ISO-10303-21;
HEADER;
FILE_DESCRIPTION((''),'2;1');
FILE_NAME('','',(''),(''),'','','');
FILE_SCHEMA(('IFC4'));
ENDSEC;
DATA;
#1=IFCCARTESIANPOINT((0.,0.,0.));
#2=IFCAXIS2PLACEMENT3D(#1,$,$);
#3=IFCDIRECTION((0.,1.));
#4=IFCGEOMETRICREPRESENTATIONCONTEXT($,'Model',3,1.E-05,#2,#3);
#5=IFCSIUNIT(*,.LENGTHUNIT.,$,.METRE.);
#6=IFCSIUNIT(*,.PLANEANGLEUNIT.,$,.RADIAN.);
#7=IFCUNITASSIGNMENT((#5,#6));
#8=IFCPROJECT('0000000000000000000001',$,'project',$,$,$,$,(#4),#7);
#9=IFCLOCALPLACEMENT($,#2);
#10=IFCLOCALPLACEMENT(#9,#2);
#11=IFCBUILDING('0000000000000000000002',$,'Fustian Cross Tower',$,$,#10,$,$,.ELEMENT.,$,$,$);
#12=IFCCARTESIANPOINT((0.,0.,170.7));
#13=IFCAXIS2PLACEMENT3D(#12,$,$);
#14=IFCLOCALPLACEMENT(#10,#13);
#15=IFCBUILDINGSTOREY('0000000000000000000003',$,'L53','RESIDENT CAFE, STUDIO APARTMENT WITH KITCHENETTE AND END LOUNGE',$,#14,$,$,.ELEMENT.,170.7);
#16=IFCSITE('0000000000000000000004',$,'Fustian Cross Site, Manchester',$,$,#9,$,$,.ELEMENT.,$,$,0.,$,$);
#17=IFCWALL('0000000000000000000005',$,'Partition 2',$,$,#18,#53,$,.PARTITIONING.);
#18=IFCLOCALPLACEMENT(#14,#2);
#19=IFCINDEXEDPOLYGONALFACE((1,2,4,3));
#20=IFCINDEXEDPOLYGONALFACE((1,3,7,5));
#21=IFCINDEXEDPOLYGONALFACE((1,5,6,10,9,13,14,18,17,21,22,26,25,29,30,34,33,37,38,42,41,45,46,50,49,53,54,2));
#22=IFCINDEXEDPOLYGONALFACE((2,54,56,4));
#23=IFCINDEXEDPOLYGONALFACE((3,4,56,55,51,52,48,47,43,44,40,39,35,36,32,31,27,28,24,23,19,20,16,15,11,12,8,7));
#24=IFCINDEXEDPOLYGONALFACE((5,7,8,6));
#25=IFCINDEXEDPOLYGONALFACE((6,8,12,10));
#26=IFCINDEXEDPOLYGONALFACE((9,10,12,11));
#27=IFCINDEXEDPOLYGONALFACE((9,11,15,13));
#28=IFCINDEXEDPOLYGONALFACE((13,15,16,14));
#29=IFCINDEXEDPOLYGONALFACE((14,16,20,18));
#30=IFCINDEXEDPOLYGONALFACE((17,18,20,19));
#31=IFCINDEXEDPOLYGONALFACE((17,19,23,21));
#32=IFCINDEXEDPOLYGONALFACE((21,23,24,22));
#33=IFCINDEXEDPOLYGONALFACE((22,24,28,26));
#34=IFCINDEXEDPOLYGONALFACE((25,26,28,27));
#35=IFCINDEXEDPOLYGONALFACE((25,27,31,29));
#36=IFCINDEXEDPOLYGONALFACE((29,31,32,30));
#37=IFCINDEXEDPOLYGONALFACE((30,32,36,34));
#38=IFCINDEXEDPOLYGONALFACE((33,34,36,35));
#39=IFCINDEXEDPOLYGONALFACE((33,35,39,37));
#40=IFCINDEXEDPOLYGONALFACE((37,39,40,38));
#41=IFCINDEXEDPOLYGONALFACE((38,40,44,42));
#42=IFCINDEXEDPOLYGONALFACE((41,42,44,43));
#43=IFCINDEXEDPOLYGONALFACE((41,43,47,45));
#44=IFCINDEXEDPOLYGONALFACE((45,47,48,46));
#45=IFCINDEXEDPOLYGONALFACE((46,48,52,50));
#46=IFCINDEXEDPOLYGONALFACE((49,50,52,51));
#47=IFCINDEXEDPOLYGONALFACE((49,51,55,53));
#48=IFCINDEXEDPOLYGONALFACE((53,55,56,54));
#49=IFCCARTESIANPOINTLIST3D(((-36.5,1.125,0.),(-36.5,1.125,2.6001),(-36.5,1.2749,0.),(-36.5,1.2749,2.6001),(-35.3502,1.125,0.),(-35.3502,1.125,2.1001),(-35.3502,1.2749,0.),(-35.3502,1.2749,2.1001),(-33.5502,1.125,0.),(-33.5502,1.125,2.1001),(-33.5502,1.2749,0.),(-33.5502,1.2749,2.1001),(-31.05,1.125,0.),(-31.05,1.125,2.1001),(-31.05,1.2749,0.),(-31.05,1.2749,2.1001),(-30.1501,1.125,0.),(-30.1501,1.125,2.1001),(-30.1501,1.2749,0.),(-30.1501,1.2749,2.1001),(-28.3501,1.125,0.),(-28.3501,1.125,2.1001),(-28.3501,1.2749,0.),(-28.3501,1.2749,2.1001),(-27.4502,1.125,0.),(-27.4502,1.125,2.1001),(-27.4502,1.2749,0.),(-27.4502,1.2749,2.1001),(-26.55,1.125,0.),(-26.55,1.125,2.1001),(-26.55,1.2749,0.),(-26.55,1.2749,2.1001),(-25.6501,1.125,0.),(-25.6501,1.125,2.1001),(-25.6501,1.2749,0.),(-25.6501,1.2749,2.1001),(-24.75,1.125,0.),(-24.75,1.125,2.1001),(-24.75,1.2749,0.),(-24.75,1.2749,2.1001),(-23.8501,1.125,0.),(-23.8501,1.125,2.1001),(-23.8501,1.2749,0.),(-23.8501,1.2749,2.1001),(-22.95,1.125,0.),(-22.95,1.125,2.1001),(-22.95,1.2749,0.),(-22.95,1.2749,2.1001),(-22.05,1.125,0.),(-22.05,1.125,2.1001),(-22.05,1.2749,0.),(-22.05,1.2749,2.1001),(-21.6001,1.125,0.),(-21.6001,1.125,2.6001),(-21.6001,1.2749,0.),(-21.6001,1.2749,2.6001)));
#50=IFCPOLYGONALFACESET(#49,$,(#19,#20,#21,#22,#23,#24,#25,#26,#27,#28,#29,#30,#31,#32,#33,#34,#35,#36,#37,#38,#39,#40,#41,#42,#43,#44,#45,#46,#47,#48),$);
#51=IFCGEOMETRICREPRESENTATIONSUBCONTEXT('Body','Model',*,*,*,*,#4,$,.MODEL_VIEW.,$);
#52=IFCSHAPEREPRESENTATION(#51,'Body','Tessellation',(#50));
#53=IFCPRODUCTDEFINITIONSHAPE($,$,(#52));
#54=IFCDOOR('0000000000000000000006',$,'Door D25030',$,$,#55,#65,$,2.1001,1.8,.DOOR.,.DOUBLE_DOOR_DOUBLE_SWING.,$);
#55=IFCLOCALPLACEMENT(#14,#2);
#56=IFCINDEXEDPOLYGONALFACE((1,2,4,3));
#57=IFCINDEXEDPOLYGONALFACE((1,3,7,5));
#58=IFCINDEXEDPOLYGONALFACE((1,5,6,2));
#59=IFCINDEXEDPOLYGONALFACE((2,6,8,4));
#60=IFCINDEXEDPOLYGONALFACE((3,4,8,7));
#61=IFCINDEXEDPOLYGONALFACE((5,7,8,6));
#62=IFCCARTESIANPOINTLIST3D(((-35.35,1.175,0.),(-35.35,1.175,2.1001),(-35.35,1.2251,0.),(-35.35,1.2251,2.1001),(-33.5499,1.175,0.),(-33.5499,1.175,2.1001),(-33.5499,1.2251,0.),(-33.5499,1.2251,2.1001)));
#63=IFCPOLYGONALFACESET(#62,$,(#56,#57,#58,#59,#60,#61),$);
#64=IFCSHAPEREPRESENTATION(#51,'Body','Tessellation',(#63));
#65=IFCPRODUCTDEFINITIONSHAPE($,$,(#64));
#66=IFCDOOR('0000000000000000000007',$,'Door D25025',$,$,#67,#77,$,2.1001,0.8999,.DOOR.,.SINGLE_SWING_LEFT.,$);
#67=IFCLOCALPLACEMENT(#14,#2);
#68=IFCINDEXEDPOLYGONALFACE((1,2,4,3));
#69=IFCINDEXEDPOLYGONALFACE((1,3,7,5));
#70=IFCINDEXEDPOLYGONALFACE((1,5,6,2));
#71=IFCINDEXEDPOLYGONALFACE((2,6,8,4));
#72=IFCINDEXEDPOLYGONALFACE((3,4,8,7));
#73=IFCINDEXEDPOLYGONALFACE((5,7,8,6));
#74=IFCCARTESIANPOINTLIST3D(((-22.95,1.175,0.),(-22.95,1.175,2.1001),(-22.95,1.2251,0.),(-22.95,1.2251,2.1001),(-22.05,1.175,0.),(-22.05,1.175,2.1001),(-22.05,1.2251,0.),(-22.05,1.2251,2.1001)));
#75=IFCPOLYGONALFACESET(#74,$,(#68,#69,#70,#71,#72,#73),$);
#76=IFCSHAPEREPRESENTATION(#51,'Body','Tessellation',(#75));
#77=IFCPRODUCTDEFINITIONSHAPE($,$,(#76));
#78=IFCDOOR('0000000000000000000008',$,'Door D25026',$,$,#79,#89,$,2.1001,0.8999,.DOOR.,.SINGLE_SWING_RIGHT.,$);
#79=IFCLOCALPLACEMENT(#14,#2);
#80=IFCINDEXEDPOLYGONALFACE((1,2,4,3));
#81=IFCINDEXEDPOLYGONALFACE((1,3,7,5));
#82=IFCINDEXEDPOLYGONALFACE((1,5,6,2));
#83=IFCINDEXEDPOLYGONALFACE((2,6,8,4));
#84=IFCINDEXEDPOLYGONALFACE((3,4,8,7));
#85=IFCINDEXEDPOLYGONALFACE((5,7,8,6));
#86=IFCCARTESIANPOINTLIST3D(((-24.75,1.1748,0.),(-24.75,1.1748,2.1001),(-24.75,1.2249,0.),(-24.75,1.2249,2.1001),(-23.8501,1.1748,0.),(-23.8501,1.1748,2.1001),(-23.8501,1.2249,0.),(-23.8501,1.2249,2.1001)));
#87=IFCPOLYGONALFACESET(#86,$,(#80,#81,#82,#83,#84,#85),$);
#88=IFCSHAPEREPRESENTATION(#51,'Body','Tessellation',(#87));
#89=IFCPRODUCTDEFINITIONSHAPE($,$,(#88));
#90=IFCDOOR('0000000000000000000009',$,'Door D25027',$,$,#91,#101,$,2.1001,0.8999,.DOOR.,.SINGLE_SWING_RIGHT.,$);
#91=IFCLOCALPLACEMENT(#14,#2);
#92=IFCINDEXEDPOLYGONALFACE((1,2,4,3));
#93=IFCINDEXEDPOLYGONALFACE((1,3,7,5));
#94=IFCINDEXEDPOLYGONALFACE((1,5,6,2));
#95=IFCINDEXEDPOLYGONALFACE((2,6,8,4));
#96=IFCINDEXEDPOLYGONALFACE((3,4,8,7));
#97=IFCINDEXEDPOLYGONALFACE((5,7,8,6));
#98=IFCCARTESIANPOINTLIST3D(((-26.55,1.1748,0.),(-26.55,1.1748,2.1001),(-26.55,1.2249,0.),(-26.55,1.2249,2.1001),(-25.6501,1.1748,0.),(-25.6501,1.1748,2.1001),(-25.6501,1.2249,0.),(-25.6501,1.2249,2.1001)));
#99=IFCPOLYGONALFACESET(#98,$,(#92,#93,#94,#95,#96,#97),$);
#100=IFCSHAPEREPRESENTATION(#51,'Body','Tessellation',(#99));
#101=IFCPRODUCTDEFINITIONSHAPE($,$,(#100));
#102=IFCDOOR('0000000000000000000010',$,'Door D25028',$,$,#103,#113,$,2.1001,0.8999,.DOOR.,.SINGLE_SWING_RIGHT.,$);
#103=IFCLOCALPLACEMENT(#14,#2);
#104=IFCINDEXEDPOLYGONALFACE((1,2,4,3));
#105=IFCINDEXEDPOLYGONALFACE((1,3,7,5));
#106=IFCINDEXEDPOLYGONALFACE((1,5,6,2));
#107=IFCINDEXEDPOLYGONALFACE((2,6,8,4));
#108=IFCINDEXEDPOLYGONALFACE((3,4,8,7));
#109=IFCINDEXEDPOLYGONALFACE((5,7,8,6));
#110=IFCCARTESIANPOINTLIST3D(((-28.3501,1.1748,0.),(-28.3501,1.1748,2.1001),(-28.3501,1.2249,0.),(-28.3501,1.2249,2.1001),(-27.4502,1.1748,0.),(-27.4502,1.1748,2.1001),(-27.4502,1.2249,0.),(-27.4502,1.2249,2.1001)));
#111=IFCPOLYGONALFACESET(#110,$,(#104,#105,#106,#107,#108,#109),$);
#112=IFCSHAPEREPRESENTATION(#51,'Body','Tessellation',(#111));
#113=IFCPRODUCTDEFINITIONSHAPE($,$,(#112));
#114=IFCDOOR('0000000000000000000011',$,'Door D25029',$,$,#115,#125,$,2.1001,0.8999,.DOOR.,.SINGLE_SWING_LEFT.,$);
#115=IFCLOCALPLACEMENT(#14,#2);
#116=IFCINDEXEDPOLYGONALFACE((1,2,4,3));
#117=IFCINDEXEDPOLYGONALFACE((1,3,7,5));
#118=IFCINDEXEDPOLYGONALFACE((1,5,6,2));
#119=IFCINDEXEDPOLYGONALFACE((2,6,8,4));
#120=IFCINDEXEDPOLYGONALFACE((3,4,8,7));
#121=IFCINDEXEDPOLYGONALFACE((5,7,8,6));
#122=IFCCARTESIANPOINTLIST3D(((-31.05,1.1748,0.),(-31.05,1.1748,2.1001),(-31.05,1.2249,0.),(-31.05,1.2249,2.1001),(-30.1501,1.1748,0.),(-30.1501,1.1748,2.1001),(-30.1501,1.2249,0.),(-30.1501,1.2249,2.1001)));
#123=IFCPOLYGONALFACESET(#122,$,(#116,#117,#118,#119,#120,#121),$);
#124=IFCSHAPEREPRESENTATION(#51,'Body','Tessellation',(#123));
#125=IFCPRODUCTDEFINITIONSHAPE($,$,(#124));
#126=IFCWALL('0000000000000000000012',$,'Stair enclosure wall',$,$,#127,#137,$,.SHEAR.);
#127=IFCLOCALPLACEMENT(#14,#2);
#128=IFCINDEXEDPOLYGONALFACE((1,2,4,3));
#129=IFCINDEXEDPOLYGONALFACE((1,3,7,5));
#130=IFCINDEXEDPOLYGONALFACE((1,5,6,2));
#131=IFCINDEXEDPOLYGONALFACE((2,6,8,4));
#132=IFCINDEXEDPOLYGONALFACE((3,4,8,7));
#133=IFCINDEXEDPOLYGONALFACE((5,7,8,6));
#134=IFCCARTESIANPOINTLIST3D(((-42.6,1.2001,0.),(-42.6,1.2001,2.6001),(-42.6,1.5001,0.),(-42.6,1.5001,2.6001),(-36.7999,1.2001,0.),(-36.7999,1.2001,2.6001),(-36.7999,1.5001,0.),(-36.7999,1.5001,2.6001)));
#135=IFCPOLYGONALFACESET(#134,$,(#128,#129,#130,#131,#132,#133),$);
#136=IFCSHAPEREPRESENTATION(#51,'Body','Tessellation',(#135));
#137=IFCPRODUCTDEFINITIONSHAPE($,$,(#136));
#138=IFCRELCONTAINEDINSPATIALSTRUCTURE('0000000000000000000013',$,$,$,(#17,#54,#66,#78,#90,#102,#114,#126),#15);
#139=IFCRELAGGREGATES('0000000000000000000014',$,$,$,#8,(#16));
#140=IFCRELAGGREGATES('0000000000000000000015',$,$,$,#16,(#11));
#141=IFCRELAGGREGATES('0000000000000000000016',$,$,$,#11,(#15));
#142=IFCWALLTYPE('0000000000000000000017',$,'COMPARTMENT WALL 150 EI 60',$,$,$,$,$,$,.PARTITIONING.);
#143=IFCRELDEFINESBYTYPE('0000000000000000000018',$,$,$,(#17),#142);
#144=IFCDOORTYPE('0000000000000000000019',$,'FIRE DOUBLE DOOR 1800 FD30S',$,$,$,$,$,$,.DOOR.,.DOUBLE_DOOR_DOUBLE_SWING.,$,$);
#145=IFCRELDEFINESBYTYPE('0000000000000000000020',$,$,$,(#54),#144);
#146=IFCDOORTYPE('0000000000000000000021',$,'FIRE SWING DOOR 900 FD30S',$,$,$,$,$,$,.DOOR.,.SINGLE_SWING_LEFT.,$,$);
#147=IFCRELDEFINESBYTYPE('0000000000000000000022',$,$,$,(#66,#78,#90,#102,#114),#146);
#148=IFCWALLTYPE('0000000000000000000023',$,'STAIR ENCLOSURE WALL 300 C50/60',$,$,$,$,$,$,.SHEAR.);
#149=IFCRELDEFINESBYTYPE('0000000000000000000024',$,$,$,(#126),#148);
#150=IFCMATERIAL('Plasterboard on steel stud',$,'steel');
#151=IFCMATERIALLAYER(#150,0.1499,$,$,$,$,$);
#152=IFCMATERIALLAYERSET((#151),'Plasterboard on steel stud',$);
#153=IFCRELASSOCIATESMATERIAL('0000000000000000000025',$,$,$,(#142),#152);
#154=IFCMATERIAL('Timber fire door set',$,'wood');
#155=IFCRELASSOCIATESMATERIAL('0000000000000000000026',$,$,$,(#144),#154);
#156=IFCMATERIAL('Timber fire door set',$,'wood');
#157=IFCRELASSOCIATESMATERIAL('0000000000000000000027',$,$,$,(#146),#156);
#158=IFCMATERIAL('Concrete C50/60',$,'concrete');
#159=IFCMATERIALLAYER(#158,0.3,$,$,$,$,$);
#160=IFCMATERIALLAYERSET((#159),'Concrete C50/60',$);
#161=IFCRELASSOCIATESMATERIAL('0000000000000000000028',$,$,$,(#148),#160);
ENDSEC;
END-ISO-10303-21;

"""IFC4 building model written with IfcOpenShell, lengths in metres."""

from ifc_helpers import new_model, si_unit, direction, frame, frame_2d, origin, place, context, subcontext, project, spatial, rectangle, extrude, material, layer, layer_set, type_object, element, fill, save


model = new_model("IFC4")

# Units and contexts
model_context = context("Model", 3, precision=1e-05, world=origin(), true_north=direction((0.0, 1.0)))
body_context = subcontext(model_context, "Body", "Model", "MODEL_VIEW")
ifc_project = project(units=[si_unit("LENGTHUNIT", "METRE"), si_unit("PLANEANGLEUNIT", "RADIAN")], contexts=[model_context])

# Site, building, storey
site_placement = place(None, origin())
site = spatial("IfcSite", under=ifc_project, at=site_placement, Name="Fustian Cross Site, Manchester", CompositionType="ELEMENT", RefElevation=0.0)
building_placement = place(site_placement, origin())
building = spatial("IfcBuilding", under=site, at=building_placement, Name="Fustian Cross Tower", CompositionType="ELEMENT")
storey_placement = place(building_placement, frame((0.0, 0.0, 170.7)))
storey = spatial("IfcBuildingStorey", under=building, at=storey_placement, Name="L53", Description="RESIDENT CAFE, STUDIO APARTMENT WITH KITCHENETTE AND END LOUNGE", CompositionType="ELEMENT", Elevation=170.7)

# Wall, openings, doors
ifc_material_1 = material(Name="Plasterboard on steel stud", Category="steel")
ifc_layer_1 = layer(ifc_material_1, 0.1499)
ifc_layer_set_1 = layer_set([ifc_layer_1], Name="Plasterboard on steel stud")
wall_type_1 = type_object("IfcWallType", Name="COMPARTMENT WALL 150 EI 60", PredefinedType="PARTITIONING", material=ifc_layer_set_1)
ifc_material_2 = material(Name="Timber fire door set", Category="wood")
door_type_1 = type_object("IfcDoorType", Name="FIRE DOUBLE DOOR 1800 FD30S", OperationType="DOUBLE_DOOR_DOUBLE_SWING", PredefinedType="DOOR", material=ifc_material_2)
wall_1_placement = place(storey_placement, frame((-36.5, 1.2, 0.0), z_axis=(0.0, 0.0, 1.0), x_axis=(1.0, 0.0, 0.0)))
wall_1 = element("IfcWall", 1, at=wall_1_placement, inside=storey, type_object=wall_type_1, Name="Partition 2", PredefinedType="PARTITIONING", context=body_context, shape_type="SweptSolid", body=[
    extrude(rectangle(XDim=14.8999, YDim=0.1499, at=frame_2d((7.45, 0.0))), origin(), (0.0, 0.0, 1.0), 2.6001),
])
opening_1_placement = place(wall_1_placement, frame((13.55, 0.0, 0.0)))
opening_1 = element("IfcOpeningElement", 2, at=opening_1_placement, cuts=wall_1, PredefinedType="OPENING", context=body_context, shape_type="SweptSolid", body=[
    extrude(rectangle(XDim=0.8999, YDim=2.1001, at=frame_2d((0.45, 1.05))), frame((0.0, 0.085, 0.0), z_axis=(0.0, -1.0, 0.0), x_axis=(1.0, 0.0, 0.0)), (0.0, 0.0, 1.0), 0.1699),
])
opening_2_placement = place(wall_1_placement, frame((11.75, 0.0, 0.0)))
opening_2 = element("IfcOpeningElement", 3, at=opening_2_placement, cuts=wall_1, PredefinedType="OPENING", context=body_context, shape_type="SweptSolid", body=[
    extrude(rectangle(XDim=0.8999, YDim=2.1001, at=frame_2d((0.45, 1.05))), frame((0.0, 0.085, 0.0), z_axis=(0.0, -1.0, 0.0), x_axis=(1.0, 0.0, 0.0)), (0.0, 0.0, 1.0), 0.1699),
])
opening_3_placement = place(wall_1_placement, frame((9.95, 0.0, 0.0)))
opening_3 = element("IfcOpeningElement", 4, at=opening_3_placement, cuts=wall_1, PredefinedType="OPENING", context=body_context, shape_type="SweptSolid", body=[
    extrude(rectangle(XDim=0.8999, YDim=2.1001, at=frame_2d((0.45, 1.05))), frame((0.0, 0.085, 0.0), z_axis=(0.0, -1.0, 0.0), x_axis=(1.0, 0.0, 0.0)), (0.0, 0.0, 1.0), 0.1699),
])
opening_4_placement = place(wall_1_placement, frame((8.1499, 0.0, 0.0)))
opening_4 = element("IfcOpeningElement", 5, at=opening_4_placement, cuts=wall_1, PredefinedType="OPENING", context=body_context, shape_type="SweptSolid", body=[
    extrude(rectangle(XDim=0.8999, YDim=2.1001, at=frame_2d((0.45, 1.05))), frame((0.0, 0.085, 0.0), z_axis=(0.0, -1.0, 0.0), x_axis=(1.0, 0.0, 0.0)), (0.0, 0.0, 1.0), 0.1699),
])
opening_5_placement = place(wall_1_placement, frame((5.45, 0.0, 0.0)))
opening_5 = element("IfcOpeningElement", 6, at=opening_5_placement, cuts=wall_1, PredefinedType="OPENING", context=body_context, shape_type="SweptSolid", body=[
    extrude(rectangle(XDim=0.8999, YDim=2.1001, at=frame_2d((0.45, 1.05))), frame((0.0, 0.085, 0.0), z_axis=(0.0, -1.0, 0.0), x_axis=(1.0, 0.0, 0.0)), (0.0, 0.0, 1.0), 0.1699),
])
opening_6_placement = place(wall_1_placement, frame((1.1499, 0.0, 0.0)))
opening_6 = element("IfcOpeningElement", 7, at=opening_6_placement, cuts=wall_1, PredefinedType="OPENING", context=body_context, shape_type="SweptSolid", body=[
    extrude(rectangle(XDim=1.8, YDim=2.1001, at=frame_2d((0.8999, 1.05))), frame((0.0, 0.085, 0.0), z_axis=(0.0, -1.0, 0.0), x_axis=(1.0, 0.0, 0.0)), (0.0, 0.0, 1.0), 0.1699),
])
door_1_placement = place(opening_6_placement, frame((1.8, 0.0, 0.0), z_axis=(0.0, 0.0, 1.0), x_axis=(-1.0, 0.0, 0.0)))
door_1 = element("IfcDoor", 8, at=door_1_placement, inside=storey, type_object=door_type_1, Name="Door D25030", OperationType="DOUBLE_DOOR_DOUBLE_SWING", OverallHeight=2.1001, OverallWidth=1.8, PredefinedType="DOOR", context=body_context, shape_type="SweptSolid", body=[
    extrude(rectangle(XDim=1.8, YDim=2.1001, at=frame_2d((0.8999, 1.05))), frame((0.0, 0.0249, 0.0), z_axis=(0.0, -1.0, 0.0), x_axis=(1.0, 0.0, 0.0)), (0.0, 0.0, 1.0), 0.05),
])
fill(opening_6, door_1)
ifc_material_3 = material(Name="Timber fire door set", Category="wood")
door_type_2 = type_object("IfcDoorType", Name="FIRE SWING DOOR 900 FD30S", OperationType="SINGLE_SWING_LEFT", PredefinedType="DOOR", material=ifc_material_3)
door_2_placement = place(opening_1_placement, frame((0.8999, 0.0, 0.0), z_axis=(0.0, 0.0, 1.0), x_axis=(-1.0, 0.0, 0.0)))
door_2 = element("IfcDoor", 9, at=door_2_placement, inside=storey, type_object=door_type_2, Name="Door D25025", OperationType="SINGLE_SWING_LEFT", OverallHeight=2.1001, OverallWidth=0.8999, PredefinedType="DOOR", context=body_context, shape_type="SweptSolid", body=[
    extrude(rectangle(XDim=0.8999, YDim=2.1001, at=frame_2d((0.45, 1.05))), frame((0.0, 0.0249, 0.0), z_axis=(0.0, -1.0, 0.0), x_axis=(1.0, 0.0, 0.0)), (0.0, 0.0, 1.0), 0.05),
])
fill(opening_1, door_2)
door_3_placement = place(opening_2_placement, origin())
door_3 = element("IfcDoor", 10, at=door_3_placement, inside=storey, type_object=door_type_2, Name="Door D25026", OperationType="SINGLE_SWING_RIGHT", OverallHeight=2.1001, OverallWidth=0.8999, PredefinedType="DOOR", context=body_context, shape_type="SweptSolid", body=[
    extrude(rectangle(XDim=0.8999, YDim=2.1001, at=frame_2d((0.45, 1.05))), frame((0.0, 0.0249, 0.0), z_axis=(0.0, -1.0, 0.0), x_axis=(1.0, 0.0, 0.0)), (0.0, 0.0, 1.0), 0.05),
])
fill(opening_2, door_3)
door_4_placement = place(opening_3_placement, origin())
door_4 = element("IfcDoor", 11, at=door_4_placement, inside=storey, type_object=door_type_2, Name="Door D25027", OperationType="SINGLE_SWING_RIGHT", OverallHeight=2.1001, OverallWidth=0.8999, PredefinedType="DOOR", context=body_context, shape_type="SweptSolid", body=[
    extrude(rectangle(XDim=0.8999, YDim=2.1001, at=frame_2d((0.45, 1.05))), frame((0.0, 0.0249, 0.0), z_axis=(0.0, -1.0, 0.0), x_axis=(1.0, 0.0, 0.0)), (0.0, 0.0, 1.0), 0.05),
])
fill(opening_3, door_4)
door_5_placement = place(opening_4_placement, origin())
door_5 = element("IfcDoor", 12, at=door_5_placement, inside=storey, type_object=door_type_2, Name="Door D25028", OperationType="SINGLE_SWING_RIGHT", OverallHeight=2.1001, OverallWidth=0.8999, PredefinedType="DOOR", context=body_context, shape_type="SweptSolid", body=[
    extrude(rectangle(XDim=0.8999, YDim=2.1001, at=frame_2d((0.45, 1.05))), frame((0.0, 0.0249, 0.0), z_axis=(0.0, -1.0, 0.0), x_axis=(1.0, 0.0, 0.0)), (0.0, 0.0, 1.0), 0.05),
])
fill(opening_4, door_5)
door_6_placement = place(opening_5_placement, origin())
door_6 = element("IfcDoor", 13, at=door_6_placement, inside=storey, type_object=door_type_2, Name="Door D25029", OperationType="SINGLE_SWING_LEFT", OverallHeight=2.1001, OverallWidth=0.8999, PredefinedType="DOOR", context=body_context, shape_type="SweptSolid", body=[
    extrude(rectangle(XDim=0.8999, YDim=2.1001, at=frame_2d((0.45, 1.05))), frame((0.0, 0.0249, 0.0), z_axis=(0.0, -1.0, 0.0), x_axis=(1.0, 0.0, 0.0)), (0.0, 0.0, 1.0), 0.05),
])
fill(opening_5, door_6)

# Wall
ifc_material_4 = material(Name="Concrete C50/60", Category="concrete")
ifc_layer_2 = layer(ifc_material_4, 0.3)
ifc_layer_set_2 = layer_set([ifc_layer_2], Name="Concrete C50/60")
wall_type_2 = type_object("IfcWallType", Name="STAIR ENCLOSURE WALL 300 C50/60", PredefinedType="SHEAR", material=ifc_layer_set_2)
wall_2_placement = place(storey_placement, frame((-36.8, 1.3501, 0.0), z_axis=(0.0, 0.0, 1.0), x_axis=(-1.0, 0.0, 0.0)))
element("IfcWall", 14, at=wall_2_placement, inside=storey, type_object=wall_type_2, Name="Stair enclosure wall", PredefinedType="SHEAR", context=body_context, shape_type="SweptSolid", body=[
    extrude(rectangle(XDim=5.8, YDim=0.3, at=frame_2d((2.8999, 0.0))), origin(), (0.0, 0.0, 1.0), 2.6001),
])

save(model, "model.ifc")
